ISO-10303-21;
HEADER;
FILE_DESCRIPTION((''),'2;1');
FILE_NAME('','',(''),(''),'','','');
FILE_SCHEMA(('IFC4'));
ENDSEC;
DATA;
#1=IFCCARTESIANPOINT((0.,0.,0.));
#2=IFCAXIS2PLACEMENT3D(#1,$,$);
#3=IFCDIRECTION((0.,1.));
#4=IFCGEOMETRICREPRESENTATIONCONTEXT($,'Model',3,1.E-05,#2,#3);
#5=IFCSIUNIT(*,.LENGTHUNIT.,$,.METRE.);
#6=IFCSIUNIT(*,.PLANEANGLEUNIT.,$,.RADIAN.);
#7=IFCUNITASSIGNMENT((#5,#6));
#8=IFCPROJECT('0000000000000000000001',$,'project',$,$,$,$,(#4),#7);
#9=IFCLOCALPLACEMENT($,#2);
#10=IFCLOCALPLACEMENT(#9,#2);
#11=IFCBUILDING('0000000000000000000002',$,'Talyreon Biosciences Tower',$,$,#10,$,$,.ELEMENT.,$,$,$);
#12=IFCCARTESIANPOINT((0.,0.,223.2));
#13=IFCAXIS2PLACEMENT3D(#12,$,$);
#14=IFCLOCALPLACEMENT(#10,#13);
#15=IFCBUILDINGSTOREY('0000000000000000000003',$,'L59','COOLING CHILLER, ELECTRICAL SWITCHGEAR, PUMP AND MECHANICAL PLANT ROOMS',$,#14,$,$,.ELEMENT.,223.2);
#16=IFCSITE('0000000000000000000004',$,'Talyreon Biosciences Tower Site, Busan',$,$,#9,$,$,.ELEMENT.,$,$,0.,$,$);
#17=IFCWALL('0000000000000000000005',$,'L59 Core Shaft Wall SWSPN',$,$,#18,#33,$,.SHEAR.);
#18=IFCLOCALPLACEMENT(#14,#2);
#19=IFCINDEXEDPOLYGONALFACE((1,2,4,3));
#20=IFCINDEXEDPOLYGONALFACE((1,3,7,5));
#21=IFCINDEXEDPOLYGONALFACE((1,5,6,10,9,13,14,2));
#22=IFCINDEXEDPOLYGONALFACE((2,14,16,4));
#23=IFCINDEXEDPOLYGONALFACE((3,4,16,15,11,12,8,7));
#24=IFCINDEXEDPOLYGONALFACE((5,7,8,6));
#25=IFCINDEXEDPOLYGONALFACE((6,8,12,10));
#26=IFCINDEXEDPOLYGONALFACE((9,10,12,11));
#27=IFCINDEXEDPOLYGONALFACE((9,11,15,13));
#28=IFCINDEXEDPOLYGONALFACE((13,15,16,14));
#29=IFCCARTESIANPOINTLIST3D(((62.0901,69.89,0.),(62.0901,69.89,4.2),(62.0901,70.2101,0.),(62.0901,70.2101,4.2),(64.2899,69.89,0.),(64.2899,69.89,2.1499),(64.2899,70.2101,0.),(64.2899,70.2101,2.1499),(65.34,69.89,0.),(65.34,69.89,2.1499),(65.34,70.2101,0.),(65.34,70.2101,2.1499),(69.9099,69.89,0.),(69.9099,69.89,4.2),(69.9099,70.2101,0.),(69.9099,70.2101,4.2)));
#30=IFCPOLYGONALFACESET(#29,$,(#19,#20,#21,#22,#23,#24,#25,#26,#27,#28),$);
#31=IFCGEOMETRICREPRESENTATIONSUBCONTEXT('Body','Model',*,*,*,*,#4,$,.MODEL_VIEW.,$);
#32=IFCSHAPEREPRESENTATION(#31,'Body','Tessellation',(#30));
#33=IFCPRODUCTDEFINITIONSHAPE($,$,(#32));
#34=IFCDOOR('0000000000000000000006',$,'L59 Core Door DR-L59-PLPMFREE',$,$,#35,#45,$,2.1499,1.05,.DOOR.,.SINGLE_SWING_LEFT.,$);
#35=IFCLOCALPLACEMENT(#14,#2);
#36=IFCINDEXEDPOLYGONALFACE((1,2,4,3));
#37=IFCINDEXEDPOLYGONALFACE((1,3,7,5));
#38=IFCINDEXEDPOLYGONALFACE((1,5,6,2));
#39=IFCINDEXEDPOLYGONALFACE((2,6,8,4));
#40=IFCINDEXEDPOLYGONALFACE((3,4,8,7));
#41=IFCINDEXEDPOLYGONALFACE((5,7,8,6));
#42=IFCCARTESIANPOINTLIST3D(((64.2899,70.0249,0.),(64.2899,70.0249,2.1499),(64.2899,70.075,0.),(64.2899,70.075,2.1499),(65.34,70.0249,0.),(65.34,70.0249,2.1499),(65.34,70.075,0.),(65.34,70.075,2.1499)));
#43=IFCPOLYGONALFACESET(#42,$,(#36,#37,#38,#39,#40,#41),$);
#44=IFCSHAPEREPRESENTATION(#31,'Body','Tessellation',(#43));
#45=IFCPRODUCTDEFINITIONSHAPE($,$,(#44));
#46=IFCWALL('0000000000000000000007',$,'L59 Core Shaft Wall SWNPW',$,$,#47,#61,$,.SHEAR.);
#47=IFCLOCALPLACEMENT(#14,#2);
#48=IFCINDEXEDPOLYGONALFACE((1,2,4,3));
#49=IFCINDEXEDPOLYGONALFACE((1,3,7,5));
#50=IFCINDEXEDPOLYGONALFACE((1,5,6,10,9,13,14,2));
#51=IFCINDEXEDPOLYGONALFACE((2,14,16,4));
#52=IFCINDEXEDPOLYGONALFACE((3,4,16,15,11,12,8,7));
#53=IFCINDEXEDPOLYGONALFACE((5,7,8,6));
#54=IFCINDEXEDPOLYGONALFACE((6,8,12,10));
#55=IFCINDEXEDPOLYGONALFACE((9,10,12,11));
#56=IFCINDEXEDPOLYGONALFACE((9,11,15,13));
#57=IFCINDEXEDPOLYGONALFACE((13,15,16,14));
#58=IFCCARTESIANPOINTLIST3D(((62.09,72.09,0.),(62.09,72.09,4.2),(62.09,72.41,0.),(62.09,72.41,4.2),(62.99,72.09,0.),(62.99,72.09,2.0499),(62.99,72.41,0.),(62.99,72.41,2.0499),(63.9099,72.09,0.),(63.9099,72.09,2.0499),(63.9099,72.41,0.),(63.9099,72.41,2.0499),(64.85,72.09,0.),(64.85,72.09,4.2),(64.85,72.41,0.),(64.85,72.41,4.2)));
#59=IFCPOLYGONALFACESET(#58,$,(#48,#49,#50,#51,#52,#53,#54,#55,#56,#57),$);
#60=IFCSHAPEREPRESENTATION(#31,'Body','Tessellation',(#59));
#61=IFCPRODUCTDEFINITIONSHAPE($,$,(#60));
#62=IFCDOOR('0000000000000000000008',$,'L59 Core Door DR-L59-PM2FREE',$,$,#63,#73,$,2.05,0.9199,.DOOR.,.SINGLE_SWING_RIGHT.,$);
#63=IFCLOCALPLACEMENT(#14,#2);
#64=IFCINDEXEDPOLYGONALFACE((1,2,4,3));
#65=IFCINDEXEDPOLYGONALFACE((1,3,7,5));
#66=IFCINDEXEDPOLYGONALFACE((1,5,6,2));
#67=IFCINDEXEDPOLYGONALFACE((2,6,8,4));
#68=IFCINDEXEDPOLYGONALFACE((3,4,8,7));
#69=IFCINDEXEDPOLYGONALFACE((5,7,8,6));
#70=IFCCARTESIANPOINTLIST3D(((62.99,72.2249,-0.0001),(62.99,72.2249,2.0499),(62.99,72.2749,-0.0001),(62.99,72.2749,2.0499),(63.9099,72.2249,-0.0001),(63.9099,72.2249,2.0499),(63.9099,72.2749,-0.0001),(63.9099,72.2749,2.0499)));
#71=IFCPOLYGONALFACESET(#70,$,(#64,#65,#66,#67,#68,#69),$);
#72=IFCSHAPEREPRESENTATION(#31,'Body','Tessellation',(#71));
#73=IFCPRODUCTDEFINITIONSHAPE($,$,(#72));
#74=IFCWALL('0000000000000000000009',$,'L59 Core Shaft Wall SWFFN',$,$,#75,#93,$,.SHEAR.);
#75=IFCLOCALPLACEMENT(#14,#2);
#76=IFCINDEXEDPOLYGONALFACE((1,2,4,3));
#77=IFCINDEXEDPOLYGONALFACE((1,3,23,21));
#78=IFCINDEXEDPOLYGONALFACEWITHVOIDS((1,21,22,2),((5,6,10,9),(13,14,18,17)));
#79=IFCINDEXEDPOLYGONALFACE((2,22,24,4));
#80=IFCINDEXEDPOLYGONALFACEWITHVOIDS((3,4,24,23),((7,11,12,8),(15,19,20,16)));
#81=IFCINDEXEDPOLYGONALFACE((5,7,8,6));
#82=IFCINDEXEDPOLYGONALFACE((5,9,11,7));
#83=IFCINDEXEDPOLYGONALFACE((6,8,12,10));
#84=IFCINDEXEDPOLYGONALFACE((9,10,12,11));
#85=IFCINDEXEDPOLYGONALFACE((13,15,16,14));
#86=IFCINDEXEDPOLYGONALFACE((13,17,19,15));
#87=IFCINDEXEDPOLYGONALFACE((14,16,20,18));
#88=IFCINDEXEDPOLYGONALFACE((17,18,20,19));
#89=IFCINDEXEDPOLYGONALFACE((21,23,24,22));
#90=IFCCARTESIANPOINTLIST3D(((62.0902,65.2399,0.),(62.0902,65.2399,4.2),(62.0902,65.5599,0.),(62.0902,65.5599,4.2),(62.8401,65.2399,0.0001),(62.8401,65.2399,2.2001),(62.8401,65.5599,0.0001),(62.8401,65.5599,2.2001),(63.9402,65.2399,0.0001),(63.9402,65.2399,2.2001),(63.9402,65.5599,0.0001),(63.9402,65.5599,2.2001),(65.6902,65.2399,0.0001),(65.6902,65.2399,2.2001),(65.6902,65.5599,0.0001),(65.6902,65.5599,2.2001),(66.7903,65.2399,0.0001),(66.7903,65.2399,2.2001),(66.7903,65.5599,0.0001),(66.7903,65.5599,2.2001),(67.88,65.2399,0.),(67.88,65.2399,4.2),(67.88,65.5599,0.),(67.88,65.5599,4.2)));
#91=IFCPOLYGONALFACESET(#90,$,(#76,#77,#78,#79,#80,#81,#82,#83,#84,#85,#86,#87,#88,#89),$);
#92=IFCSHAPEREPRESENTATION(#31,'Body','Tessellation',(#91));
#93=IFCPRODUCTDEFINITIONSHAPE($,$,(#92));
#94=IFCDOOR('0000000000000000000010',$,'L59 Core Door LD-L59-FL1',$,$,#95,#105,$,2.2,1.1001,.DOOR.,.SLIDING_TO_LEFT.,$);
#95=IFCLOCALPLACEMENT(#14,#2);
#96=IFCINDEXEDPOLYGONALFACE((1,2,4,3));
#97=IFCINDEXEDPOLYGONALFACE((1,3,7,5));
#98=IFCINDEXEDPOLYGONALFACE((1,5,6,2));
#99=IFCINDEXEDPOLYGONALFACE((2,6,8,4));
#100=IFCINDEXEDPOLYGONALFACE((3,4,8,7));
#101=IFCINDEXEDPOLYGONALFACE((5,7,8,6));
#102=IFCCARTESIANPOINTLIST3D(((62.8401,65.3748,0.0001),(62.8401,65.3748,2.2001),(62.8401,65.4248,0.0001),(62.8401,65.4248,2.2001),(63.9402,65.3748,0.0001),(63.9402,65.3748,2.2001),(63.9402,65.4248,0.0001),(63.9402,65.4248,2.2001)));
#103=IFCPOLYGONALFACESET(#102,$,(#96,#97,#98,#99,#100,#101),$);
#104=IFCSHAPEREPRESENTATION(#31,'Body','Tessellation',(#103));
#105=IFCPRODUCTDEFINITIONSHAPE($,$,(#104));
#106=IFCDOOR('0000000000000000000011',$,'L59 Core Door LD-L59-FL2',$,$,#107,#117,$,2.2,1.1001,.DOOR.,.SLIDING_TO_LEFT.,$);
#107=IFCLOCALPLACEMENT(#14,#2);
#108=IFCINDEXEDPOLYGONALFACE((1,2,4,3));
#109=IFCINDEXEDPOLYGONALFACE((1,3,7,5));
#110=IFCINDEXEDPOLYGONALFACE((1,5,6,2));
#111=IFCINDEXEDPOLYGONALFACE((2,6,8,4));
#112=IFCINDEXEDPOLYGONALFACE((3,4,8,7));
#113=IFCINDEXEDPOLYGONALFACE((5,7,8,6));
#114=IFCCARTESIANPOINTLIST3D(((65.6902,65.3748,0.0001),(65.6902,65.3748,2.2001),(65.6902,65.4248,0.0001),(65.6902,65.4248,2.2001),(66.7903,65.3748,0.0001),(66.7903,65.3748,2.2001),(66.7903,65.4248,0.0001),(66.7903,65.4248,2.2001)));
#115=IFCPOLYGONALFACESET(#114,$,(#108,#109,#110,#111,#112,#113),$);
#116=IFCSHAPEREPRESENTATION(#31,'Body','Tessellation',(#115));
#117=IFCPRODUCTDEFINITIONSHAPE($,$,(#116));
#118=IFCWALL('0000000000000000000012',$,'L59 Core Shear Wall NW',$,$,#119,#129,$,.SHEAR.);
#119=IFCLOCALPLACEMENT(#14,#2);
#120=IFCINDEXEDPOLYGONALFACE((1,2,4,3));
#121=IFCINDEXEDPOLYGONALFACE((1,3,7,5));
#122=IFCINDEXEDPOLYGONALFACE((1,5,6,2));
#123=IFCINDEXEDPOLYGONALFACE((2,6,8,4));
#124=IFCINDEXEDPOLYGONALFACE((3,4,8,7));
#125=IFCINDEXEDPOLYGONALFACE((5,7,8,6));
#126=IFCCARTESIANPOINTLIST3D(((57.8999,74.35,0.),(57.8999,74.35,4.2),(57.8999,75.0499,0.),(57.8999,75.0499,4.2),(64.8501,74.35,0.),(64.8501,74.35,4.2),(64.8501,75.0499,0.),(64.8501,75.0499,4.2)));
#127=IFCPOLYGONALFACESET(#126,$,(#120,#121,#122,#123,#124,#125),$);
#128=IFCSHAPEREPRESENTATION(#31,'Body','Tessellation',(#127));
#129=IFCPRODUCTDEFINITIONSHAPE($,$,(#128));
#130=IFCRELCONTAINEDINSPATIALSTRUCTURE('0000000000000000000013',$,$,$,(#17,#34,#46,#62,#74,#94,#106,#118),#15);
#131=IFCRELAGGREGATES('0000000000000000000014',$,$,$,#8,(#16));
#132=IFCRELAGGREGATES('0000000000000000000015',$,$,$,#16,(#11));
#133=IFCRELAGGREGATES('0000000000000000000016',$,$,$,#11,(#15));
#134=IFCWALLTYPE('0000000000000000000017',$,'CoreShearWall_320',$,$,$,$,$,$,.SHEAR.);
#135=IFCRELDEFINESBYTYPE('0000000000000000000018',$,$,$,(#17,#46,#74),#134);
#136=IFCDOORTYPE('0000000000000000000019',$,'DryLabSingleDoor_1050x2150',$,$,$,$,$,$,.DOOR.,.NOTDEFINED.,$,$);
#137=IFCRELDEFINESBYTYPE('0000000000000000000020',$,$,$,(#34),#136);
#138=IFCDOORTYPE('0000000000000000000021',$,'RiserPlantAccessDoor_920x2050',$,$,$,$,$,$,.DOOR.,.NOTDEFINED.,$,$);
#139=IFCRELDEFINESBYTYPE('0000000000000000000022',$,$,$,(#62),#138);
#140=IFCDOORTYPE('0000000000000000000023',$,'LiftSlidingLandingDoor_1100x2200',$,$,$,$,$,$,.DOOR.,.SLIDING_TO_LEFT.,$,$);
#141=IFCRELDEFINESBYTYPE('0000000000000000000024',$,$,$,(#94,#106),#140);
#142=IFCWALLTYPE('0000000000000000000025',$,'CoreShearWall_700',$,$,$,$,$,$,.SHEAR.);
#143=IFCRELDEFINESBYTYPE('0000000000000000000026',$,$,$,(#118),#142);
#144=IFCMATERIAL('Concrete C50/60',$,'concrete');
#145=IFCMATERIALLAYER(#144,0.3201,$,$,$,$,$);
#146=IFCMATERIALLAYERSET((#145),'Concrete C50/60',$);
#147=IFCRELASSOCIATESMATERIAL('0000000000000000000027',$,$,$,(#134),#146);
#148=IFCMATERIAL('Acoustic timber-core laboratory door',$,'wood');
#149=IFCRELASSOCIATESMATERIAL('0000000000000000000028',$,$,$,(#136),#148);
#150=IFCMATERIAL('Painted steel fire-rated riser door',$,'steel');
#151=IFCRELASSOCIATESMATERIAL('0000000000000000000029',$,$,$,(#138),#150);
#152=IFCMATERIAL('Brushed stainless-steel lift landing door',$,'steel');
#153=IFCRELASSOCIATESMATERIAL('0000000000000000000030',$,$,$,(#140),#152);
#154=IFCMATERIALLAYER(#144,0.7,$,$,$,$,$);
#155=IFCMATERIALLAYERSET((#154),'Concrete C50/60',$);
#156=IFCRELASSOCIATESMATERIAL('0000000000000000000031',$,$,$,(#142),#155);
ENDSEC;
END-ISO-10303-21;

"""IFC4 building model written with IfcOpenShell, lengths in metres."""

from ifc_helpers import new_model, si_unit, direction, frame, frame_2d, origin, place, context, subcontext, project, spatial, rectangle, extrude, material, layer, layer_set, type_object, element, fill, save


model = new_model("IFC4")

# Units and contexts
model_context = context("Model", 3, precision=1e-05, world=origin(), true_north=direction((0.0, 1.0)))
body_context = subcontext(model_context, "Body", "Model", "MODEL_VIEW")
ifc_project = project(units=[si_unit("LENGTHUNIT", "METRE"), si_unit("PLANEANGLEUNIT", "RADIAN")], contexts=[model_context])

# Site, building, storey
site_placement = place(None, origin())
site = spatial("IfcSite", under=ifc_project, at=site_placement, Name="Talyreon Biosciences Tower Site, Busan", CompositionType="ELEMENT", RefElevation=0.0)
building_placement = place(site_placement, origin())
building = spatial("IfcBuilding", under=site, at=building_placement, Name="Talyreon Biosciences Tower", CompositionType="ELEMENT")
storey_placement = place(building_placement, frame((0.0, 0.0, 223.2)))
storey = spatial("IfcBuildingStorey", under=building, at=storey_placement, Name="L59", Description="COOLING CHILLER, ELECTRICAL SWITCHGEAR, PUMP AND MECHANICAL PLANT ROOMS", CompositionType="ELEMENT", Elevation=223.2)

# Shared definitions
ifc_material_1 = material(Name="Concrete C50/60", Category="concrete")

# Shared definitions
ifc_layer_1 = layer(ifc_material_1, 0.3201)
ifc_layer_set_1 = layer_set([ifc_layer_1], Name="Concrete C50/60")
wall_type_1 = type_object("IfcWallType", Name="CoreShearWall_320", PredefinedType="SHEAR", material=ifc_layer_set_1)

# Walls, openings, doors
wall_1_placement = place(storey_placement, frame((62.0901, 70.05, 0.0), z_axis=(0.0, 0.0, 1.0), x_axis=(1.0, 0.0, 0.0)))
wall_1 = element("IfcWall", 1, at=wall_1_placement, inside=storey, type_object=wall_type_1, Name="L59 Core Shaft Wall SWSPN", PredefinedType="SHEAR", context=body_context, shape_type="SweptSolid", body=[
    extrude(rectangle(XDim=7.8198, YDim=0.3201, at=frame_2d((3.9099, 0.0))), origin(), (0.0, 0.0, 1.0), 4.2),
])
opening_1_placement = place(wall_1_placement, frame((2.2, 0.0, 0.0)))
opening_1 = element("IfcOpeningElement", 2, at=opening_1_placement, cuts=wall_1, PredefinedType="OPENING", context=body_context, shape_type="SweptSolid", body=[
    extrude(rectangle(XDim=1.05, YDim=2.1499, at=frame_2d((0.5249, 1.075))), frame((0.0, 0.1699, 0.0), z_axis=(0.0, -1.0, 0.0), x_axis=(1.0, 0.0, 0.0)), (0.0, 0.0, 1.0), 0.3401),
])
ifc_material_2 = material(Name="Acoustic timber-core laboratory door", Category="wood")
door_type_1 = type_object("IfcDoorType", Name="DryLabSingleDoor_1050x2150", OperationType="NOTDEFINED", PredefinedType="DOOR", material=ifc_material_2)
door_1_placement = place(opening_1_placement, origin())
door_1 = element("IfcDoor", 3, at=door_1_placement, inside=storey, type_object=door_type_1, Name="L59 Core Door DR-L59-PLPMFREE", OperationType="SINGLE_SWING_LEFT", OverallHeight=2.1499, OverallWidth=1.05, PredefinedType="DOOR", context=body_context, shape_type="SweptSolid", body=[
    extrude(rectangle(XDim=1.05, YDim=2.1499, at=frame_2d((0.5249, 1.075))), frame((0.0, 0.0249, 0.0), z_axis=(0.0, -1.0, 0.0), x_axis=(1.0, 0.0, 0.0)), (0.0, 0.0, 1.0), 0.05),
])
fill(opening_1, door_1)
wall_2_placement = place(storey_placement, frame((62.0901, 72.25, 0.0), z_axis=(0.0, 0.0, 1.0), x_axis=(1.0, 0.0, 0.0)))
wall_2 = element("IfcWall", 4, at=wall_2_placement, inside=storey, type_object=wall_type_1, Name="L59 Core Shaft Wall SWNPW", PredefinedType="SHEAR", context=body_context, shape_type="SweptSolid", body=[
    extrude(rectangle(XDim=2.76, YDim=0.3201, at=frame_2d((1.3799, 0.0))), origin(), (0.0, 0.0, 1.0), 4.2),
])
opening_2_placement = place(wall_2_placement, frame((0.8999, 0.0, 0.0)))
opening_2 = element("IfcOpeningElement", 5, at=opening_2_placement, cuts=wall_2, PredefinedType="OPENING", context=body_context, shape_type="SweptSolid", body=[
    extrude(rectangle(XDim=0.9199, YDim=2.05, at=frame_2d((0.46, 1.0249))), frame((0.0, 0.1699, 0.0), z_axis=(0.0, -1.0, 0.0), x_axis=(1.0, 0.0, 0.0)), (0.0, 0.0, 1.0), 0.3401),
])
ifc_material_3 = material(Name="Painted steel fire-rated riser door", Category="steel")
door_type_2 = type_object("IfcDoorType", Name="RiserPlantAccessDoor_920x2050", OperationType="NOTDEFINED", PredefinedType="DOOR", material=ifc_material_3)
door_2_placement = place(opening_2_placement, origin())
door_2 = element("IfcDoor", 6, at=door_2_placement, inside=storey, type_object=door_type_2, Name="L59 Core Door DR-L59-PM2FREE", OperationType="SINGLE_SWING_RIGHT", OverallHeight=2.05, OverallWidth=0.9199, PredefinedType="DOOR", context=body_context, shape_type="SweptSolid", body=[
    extrude(rectangle(XDim=0.9199, YDim=2.05, at=frame_2d((0.46, 1.0249))), frame((0.0, 0.0249, 0.0), z_axis=(0.0, -1.0, 0.0), x_axis=(1.0, 0.0, 0.0)), (0.0, 0.0, 1.0), 0.05),
])
fill(opening_2, door_2)

# Wall, openings, doors
wall_3_placement = place(storey_placement, frame((62.0901, 65.3999, 0.0), z_axis=(0.0, 0.0, 1.0), x_axis=(1.0, 0.0, 0.0)))
wall_3 = element("IfcWall", 7, at=wall_3_placement, inside=storey, type_object=wall_type_1, Name="L59 Core Shaft Wall SWFFN", PredefinedType="SHEAR", context=body_context, shape_type="SweptSolid", body=[
    extrude(rectangle(XDim=5.7898, YDim=0.3201, at=frame_2d((2.895, 0.0))), origin(), (0.0, 0.0, 1.0), 4.2),
])
opening_3_placement = place(wall_3_placement, frame((0.75, 0.0, 0.0)))
opening_3 = element("IfcOpeningElement", 8, at=opening_3_placement, cuts=wall_3, PredefinedType="OPENING", context=body_context, shape_type="SweptSolid", body=[
    extrude(rectangle(XDim=1.1001, YDim=2.2, at=frame_2d((0.55, 1.1001))), frame((0.0, 0.1699, 0.0), z_axis=(0.0, -1.0, 0.0), x_axis=(1.0, 0.0, 0.0)), (0.0, 0.0, 1.0), 0.3401),
])
opening_4_placement = place(wall_3_placement, frame((3.6001, 0.0, 0.0)))
opening_4 = element("IfcOpeningElement", 9, at=opening_4_placement, cuts=wall_3, PredefinedType="OPENING", context=body_context, shape_type="SweptSolid", body=[
    extrude(rectangle(XDim=1.1001, YDim=2.2, at=frame_2d((0.55, 1.1001))), frame((0.0, 0.1699, 0.0), z_axis=(0.0, -1.0, 0.0), x_axis=(1.0, 0.0, 0.0)), (0.0, 0.0, 1.0), 0.3401),
])
ifc_material_4 = material(Name="Brushed stainless-steel lift landing door", Category="steel")
door_type_3 = type_object("IfcDoorType", Name="LiftSlidingLandingDoor_1100x2200", OperationType="SLIDING_TO_LEFT", PredefinedType="DOOR", material=ifc_material_4)
door_3_placement = place(opening_3_placement, origin())
door_3 = element("IfcDoor", 10, at=door_3_placement, inside=storey, type_object=door_type_3, Name="L59 Core Door LD-L59-FL1", OperationType="SLIDING_TO_LEFT", OverallHeight=2.2, OverallWidth=1.1001, PredefinedType="DOOR", context=body_context, shape_type="SweptSolid", body=[
    extrude(rectangle(XDim=1.1001, YDim=2.2, at=frame_2d((0.55, 1.1001))), frame((0.0, 0.0249, 0.0), z_axis=(0.0, -1.0, 0.0), x_axis=(1.0, 0.0, 0.0)), (0.0, 0.0, 1.0), 0.05),
])
fill(opening_3, door_3)
door_4_placement = place(opening_4_placement, origin())
door_4 = element("IfcDoor", 11, at=door_4_placement, inside=storey, type_object=door_type_3, Name="L59 Core Door LD-L59-FL2", OperationType="SLIDING_TO_LEFT", OverallHeight=2.2, OverallWidth=1.1001, PredefinedType="DOOR", context=body_context, shape_type="SweptSolid", body=[
    extrude(rectangle(XDim=1.1001, YDim=2.2, at=frame_2d((0.55, 1.1001))), frame((0.0, 0.0249, 0.0), z_axis=(0.0, -1.0, 0.0), x_axis=(1.0, 0.0, 0.0)), (0.0, 0.0, 1.0), 0.05),
])
fill(opening_4, door_4)

# Wall
ifc_layer_2 = layer(ifc_material_1, 0.7)
ifc_layer_set_2 = layer_set([ifc_layer_2], Name="Concrete C50/60")
wall_type_2 = type_object("IfcWallType", Name="CoreShearWall_700", PredefinedType="SHEAR", material=ifc_layer_set_2)
wall_4_placement = place(storey_placement, frame((64.8501, 74.7, 0.0), z_axis=(0.0, 0.0, 1.0), x_axis=(-1.0, 0.0, 0.0)))
element("IfcWall", 12, at=wall_4_placement, inside=storey, type_object=wall_type_2, Name="L59 Core Shear Wall NW", PredefinedType="SHEAR", context=body_context, shape_type="SweptSolid", body=[
    extrude(rectangle(XDim=6.9502, YDim=0.7, at=frame_2d((3.4751, 0.0))), origin(), (0.0, 0.0, 1.0), 4.2),
])

save(model, "model.ifc")
